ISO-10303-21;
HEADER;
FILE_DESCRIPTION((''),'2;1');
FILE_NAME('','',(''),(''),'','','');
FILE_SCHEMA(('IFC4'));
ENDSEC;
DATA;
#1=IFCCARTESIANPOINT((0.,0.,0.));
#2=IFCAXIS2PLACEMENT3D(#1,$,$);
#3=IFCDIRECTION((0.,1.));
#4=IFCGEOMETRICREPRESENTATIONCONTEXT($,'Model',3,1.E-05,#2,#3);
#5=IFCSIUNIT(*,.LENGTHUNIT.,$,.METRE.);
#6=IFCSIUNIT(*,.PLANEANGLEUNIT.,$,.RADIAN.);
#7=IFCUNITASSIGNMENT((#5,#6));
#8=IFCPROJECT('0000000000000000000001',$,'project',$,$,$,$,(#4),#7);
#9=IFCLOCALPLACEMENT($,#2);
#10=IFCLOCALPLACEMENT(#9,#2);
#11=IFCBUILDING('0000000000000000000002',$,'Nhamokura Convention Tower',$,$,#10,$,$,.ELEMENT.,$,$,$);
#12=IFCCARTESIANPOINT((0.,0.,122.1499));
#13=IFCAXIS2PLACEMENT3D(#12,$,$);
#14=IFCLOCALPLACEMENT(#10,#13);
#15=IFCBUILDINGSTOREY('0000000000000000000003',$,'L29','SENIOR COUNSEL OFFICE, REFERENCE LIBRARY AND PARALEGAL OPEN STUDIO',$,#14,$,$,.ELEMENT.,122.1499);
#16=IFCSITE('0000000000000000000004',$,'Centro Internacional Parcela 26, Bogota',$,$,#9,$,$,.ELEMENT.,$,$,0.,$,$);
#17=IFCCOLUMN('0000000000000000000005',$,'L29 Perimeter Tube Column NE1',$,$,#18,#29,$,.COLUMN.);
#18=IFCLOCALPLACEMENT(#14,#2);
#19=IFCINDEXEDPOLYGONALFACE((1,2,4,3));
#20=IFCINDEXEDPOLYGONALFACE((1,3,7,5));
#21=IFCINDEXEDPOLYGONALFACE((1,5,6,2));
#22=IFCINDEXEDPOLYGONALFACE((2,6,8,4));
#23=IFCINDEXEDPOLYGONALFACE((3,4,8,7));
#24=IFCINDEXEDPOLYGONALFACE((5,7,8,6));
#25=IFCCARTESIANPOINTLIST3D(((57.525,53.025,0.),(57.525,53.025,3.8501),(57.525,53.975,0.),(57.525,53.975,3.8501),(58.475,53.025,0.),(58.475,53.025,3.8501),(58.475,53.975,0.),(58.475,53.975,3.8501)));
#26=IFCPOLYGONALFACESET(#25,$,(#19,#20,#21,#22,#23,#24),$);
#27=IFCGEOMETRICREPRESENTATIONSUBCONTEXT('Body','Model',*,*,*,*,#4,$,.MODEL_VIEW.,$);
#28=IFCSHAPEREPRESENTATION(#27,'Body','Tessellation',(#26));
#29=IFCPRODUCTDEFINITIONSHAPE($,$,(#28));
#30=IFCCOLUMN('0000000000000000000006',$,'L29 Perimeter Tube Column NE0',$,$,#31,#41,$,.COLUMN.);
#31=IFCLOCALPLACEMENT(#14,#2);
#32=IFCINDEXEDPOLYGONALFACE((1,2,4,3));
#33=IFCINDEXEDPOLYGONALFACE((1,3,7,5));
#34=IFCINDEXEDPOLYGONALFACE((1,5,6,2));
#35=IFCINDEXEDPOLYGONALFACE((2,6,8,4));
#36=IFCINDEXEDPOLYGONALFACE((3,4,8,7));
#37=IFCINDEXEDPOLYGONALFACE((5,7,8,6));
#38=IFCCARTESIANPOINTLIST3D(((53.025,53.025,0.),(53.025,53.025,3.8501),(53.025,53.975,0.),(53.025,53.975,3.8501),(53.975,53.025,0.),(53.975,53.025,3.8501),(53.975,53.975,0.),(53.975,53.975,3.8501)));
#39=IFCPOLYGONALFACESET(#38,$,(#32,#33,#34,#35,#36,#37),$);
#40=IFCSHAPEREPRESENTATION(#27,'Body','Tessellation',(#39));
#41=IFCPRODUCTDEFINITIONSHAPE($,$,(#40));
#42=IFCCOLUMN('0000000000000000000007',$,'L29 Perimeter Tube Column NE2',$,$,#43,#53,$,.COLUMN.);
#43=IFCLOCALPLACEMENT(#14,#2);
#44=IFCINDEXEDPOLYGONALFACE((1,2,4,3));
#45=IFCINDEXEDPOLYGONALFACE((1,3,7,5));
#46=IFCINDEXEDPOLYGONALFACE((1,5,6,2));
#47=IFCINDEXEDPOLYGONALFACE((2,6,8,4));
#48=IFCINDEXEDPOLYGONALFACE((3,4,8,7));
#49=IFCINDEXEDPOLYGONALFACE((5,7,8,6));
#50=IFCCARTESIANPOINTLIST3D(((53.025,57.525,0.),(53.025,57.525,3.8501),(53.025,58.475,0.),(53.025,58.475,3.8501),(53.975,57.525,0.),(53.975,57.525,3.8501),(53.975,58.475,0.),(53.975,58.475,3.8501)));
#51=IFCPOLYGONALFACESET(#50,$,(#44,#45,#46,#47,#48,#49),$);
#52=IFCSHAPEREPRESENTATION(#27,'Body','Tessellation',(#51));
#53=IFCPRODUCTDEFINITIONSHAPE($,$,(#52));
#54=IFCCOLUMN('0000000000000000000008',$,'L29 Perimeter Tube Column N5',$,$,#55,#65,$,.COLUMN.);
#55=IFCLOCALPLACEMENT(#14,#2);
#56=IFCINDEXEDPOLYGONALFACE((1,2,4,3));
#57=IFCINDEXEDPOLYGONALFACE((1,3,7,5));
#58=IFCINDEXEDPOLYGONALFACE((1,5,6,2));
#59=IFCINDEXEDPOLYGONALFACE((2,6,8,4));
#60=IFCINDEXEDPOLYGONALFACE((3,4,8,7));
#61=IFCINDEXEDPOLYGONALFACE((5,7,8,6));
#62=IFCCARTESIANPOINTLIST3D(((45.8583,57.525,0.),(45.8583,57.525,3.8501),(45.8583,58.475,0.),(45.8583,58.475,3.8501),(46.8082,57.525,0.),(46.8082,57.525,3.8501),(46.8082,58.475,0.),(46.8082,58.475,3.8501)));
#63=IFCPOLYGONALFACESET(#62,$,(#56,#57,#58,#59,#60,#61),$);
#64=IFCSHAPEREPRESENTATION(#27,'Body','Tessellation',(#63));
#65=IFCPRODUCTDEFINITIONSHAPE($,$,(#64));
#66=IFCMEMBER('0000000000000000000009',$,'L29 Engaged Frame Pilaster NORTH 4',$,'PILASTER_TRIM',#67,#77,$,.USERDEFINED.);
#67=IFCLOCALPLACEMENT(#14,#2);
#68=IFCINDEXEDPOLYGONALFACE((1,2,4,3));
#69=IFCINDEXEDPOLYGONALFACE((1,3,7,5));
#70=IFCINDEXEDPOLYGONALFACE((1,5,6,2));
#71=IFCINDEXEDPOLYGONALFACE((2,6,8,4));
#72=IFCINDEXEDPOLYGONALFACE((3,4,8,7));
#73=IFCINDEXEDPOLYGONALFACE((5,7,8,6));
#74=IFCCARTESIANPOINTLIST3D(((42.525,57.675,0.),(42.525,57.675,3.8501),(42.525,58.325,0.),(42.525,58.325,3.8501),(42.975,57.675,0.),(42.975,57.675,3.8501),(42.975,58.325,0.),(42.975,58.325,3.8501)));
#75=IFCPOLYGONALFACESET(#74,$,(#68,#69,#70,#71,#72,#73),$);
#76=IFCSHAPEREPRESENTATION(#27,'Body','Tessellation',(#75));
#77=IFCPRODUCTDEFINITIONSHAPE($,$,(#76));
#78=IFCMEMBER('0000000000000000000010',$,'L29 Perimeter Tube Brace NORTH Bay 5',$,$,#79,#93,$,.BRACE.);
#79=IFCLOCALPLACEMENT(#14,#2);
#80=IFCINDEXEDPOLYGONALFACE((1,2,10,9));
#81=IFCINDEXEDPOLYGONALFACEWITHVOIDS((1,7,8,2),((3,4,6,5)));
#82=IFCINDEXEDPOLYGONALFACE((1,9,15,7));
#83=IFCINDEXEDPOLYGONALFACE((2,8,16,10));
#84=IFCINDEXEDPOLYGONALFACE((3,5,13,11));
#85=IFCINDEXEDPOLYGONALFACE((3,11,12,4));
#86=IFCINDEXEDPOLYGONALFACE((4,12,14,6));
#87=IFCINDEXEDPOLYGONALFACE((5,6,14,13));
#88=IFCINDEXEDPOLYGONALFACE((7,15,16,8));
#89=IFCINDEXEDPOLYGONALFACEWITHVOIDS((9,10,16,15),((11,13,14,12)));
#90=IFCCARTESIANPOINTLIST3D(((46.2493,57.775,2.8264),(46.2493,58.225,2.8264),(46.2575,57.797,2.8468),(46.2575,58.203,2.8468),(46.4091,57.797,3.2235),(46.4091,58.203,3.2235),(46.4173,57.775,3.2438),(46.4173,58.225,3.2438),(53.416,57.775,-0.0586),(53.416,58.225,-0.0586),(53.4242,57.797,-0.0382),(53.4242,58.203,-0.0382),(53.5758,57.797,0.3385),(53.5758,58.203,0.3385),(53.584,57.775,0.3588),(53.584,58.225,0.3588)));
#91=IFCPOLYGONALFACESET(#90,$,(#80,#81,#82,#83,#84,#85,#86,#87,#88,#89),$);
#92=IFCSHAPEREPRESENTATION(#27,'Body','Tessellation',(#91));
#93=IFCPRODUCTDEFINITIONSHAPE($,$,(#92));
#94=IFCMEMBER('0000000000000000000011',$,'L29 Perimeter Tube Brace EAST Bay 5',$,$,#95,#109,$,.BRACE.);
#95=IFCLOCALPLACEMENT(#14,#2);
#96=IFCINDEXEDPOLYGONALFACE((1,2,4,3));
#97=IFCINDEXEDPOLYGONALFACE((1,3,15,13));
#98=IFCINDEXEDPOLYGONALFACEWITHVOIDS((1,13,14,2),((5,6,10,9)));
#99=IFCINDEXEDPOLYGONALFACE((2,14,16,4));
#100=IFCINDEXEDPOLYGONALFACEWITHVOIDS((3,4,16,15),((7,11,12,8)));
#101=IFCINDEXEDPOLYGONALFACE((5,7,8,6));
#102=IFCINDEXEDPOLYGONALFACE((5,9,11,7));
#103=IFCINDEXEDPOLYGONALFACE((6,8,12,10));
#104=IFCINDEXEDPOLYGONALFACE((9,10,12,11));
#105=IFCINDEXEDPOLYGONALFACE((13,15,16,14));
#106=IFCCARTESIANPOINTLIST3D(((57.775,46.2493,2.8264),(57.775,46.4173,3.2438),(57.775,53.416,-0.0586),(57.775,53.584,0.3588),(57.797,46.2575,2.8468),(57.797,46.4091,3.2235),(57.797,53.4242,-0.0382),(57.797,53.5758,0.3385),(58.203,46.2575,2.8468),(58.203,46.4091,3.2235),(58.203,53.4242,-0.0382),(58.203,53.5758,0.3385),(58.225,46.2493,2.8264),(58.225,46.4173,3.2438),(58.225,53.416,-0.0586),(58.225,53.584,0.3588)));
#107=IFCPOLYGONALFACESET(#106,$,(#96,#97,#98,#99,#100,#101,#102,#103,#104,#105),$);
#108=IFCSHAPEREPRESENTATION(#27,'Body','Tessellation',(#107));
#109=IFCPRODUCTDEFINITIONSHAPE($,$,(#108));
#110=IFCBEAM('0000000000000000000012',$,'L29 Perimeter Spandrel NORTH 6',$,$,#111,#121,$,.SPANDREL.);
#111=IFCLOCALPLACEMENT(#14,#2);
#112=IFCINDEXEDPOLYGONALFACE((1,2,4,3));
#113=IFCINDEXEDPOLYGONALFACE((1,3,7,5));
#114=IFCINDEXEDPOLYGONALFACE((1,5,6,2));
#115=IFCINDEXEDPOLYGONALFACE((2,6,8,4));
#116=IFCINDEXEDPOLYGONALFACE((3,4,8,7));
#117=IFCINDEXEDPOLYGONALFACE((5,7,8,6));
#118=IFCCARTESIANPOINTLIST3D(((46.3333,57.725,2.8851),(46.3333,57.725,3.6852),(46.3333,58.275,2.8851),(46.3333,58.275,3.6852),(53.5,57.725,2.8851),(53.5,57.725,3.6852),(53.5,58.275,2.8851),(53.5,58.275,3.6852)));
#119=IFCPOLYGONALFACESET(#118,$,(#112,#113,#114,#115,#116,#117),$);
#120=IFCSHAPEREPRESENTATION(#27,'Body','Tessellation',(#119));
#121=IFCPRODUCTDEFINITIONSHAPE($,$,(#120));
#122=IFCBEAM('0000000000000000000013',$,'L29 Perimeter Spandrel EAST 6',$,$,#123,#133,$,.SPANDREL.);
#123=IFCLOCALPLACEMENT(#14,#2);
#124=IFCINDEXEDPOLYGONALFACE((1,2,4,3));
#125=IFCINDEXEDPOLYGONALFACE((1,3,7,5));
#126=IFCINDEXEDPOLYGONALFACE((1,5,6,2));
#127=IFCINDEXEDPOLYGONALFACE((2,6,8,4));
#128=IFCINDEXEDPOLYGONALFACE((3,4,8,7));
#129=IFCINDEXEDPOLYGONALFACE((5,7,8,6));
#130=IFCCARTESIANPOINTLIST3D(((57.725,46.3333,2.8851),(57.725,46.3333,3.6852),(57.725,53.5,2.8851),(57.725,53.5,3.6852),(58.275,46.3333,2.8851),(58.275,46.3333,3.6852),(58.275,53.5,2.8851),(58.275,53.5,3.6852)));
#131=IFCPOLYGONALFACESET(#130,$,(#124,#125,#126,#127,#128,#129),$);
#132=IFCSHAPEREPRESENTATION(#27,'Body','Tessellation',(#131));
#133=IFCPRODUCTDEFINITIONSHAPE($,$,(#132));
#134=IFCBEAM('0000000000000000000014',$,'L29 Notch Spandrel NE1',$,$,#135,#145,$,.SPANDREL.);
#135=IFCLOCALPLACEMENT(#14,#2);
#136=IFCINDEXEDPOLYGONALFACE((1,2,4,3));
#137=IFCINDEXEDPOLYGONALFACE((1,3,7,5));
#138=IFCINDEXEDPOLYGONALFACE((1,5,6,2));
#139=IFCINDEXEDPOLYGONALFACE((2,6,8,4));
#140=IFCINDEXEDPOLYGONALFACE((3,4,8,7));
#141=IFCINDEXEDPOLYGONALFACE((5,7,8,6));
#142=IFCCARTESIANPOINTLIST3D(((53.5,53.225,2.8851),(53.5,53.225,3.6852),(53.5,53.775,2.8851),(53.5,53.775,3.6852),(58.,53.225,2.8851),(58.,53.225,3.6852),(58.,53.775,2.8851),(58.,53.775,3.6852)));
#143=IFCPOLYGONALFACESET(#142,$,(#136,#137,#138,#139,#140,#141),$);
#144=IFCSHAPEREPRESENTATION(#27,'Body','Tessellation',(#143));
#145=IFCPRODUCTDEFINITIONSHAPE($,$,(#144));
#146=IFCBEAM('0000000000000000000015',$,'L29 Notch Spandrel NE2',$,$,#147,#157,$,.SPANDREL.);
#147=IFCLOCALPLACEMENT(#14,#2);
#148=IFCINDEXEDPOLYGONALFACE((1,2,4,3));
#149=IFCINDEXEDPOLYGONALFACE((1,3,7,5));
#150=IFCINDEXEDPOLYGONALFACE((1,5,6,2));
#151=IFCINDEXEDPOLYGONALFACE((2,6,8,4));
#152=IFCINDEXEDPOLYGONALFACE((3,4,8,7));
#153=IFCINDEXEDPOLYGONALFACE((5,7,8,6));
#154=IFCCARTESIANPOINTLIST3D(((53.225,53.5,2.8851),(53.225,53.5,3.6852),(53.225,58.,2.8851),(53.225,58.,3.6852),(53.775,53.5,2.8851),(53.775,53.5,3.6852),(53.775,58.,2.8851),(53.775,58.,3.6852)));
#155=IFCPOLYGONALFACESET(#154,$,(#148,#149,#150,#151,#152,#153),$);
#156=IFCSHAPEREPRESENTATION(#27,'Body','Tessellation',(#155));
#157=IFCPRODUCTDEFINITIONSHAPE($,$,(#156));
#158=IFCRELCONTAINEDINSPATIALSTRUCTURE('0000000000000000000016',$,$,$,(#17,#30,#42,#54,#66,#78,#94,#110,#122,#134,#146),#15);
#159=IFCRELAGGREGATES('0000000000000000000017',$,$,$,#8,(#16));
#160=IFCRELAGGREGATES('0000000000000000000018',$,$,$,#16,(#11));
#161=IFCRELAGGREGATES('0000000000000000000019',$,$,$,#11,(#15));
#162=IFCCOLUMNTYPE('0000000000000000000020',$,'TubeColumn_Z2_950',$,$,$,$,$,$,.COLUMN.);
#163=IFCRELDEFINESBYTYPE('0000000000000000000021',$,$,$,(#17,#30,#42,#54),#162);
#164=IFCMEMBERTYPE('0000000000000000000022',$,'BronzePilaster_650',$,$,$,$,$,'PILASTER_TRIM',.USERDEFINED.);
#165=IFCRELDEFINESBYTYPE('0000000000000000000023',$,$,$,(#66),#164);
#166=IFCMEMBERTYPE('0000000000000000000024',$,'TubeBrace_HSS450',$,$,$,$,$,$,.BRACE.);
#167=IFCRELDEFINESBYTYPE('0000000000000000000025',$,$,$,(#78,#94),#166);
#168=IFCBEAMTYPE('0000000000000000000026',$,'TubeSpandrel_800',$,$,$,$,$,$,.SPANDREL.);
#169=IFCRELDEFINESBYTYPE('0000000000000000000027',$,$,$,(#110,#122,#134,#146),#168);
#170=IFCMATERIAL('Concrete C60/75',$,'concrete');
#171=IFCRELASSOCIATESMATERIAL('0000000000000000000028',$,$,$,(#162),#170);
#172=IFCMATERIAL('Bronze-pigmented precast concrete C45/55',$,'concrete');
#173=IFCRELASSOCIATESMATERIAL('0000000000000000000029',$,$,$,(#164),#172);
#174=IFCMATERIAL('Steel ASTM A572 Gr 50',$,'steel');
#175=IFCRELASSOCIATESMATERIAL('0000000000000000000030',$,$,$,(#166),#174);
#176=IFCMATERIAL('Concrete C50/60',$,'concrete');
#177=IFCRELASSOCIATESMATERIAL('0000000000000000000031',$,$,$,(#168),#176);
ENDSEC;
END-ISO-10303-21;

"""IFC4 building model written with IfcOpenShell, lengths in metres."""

from ifc_helpers import new_model, si_unit, direction, frame, origin, origin_2d, place, context, subcontext, project, spatial, rectangle, hollow_rectangle, extrude, material, material_profile, profile_set, type_object, element, save


model = new_model("IFC4")

# Units and contexts
model_context = context("Model", 3, precision=1e-05, world=origin(), true_north=direction((0.0, 1.0)))
body_context = subcontext(model_context, "Body", "Model", "MODEL_VIEW")
ifc_project = project(units=[si_unit("LENGTHUNIT", "METRE"), si_unit("PLANEANGLEUNIT", "RADIAN")], contexts=[model_context])

# Site, building, storey
site_placement = place(None, origin())
site = spatial("IfcSite", under=ifc_project, at=site_placement, Name="Centro Internacional Parcela 26, Bogota", CompositionType="ELEMENT", RefElevation=0.0)
building_placement = place(site_placement, origin())
building = spatial("IfcBuilding", under=site, at=building_placement, Name="Nhamokura Convention Tower", CompositionType="ELEMENT")
storey_placement = place(building_placement, frame((0.0, 0.0, 122.1499)))
storey = spatial("IfcBuildingStorey", under=building, at=storey_placement, Name="L29", Description="SENIOR COUNSEL OFFICE, REFERENCE LIBRARY AND PARALEGAL OPEN STUDIO", CompositionType="ELEMENT", Elevation=122.1499)

# Columns
ifc_material_1 = material(Name="Concrete C60/75", Category="concrete")
ifc_material_profile_1 = material_profile(ifc_material_1, rectangle(XDim=0.95, YDim=0.95, at=origin_2d()))
ifc_profile_set_1 = profile_set([ifc_material_profile_1], Name="Concrete C60/75")
column_type = type_object("IfcColumnType", Name="TubeColumn_Z2_950", PredefinedType="COLUMN", material=ifc_profile_set_1)
for number, where, z_axis, x_axis, name in (
    (1, (58.0, 53.5, 0.0), (0.0, 0.0, 1.0), (1.0, 0.0, 0.0), "L29 Perimeter Tube Column NE1"),
    (2, (53.5, 53.5, 0.0), (0.0, 0.0, 1.0), (1.0, 0.0, 0.0), "L29 Perimeter Tube Column NE0"),
    (3, (53.5, 58.0, 0.0), (0.0, 0.0, 1.0), (1.0, 0.0, 0.0), "L29 Perimeter Tube Column NE2"),
    (4, (46.3333, 58.0, 0.0), (0.0, 0.0, 1.0), (1.0, 0.0, 0.0), "L29 Perimeter Tube Column N5"),
):
    element("IfcColumn", number, at=place(storey_placement, frame(where, z_axis=z_axis, x_axis=x_axis)), inside=storey, type_object=column_type, Name=name, PredefinedType="COLUMN", context=body_context, shape_type="SweptSolid", body=[
        extrude(rectangle(XDim=0.95, YDim=0.95, at=origin_2d()), origin(), (0.0, 0.0, 1.0), 3.8501),
    ])

# Members
ifc_material_2 = material(Name="Bronze-pigmented precast concrete C45/55", Category="concrete")
ifc_material_profile_2 = material_profile(ifc_material_2, rectangle(XDim=0.45, YDim=0.6499, at=origin_2d()))
ifc_profile_set_2 = profile_set([ifc_material_profile_2], Name="Bronze-pigmented precast concrete C45/55")
member_type_1 = type_object("IfcMemberType", Name="BronzePilaster_650", ElementType="PILASTER_TRIM", PredefinedType="USERDEFINED", material=ifc_profile_set_2)
member_placement = place(storey_placement, frame((42.75, 58.0, 0.0), z_axis=(0.0, 0.0, 1.0), x_axis=(1.0, 0.0, 0.0)))
element("IfcMember", 5, at=member_placement, inside=storey, type_object=member_type_1, Name="L29 Engaged Frame Pilaster NORTH 4", ObjectType="PILASTER_TRIM", PredefinedType="USERDEFINED", context=body_context, shape_type="SweptSolid", body=[
    extrude(rectangle(XDim=0.45, YDim=0.6499, at=origin_2d()), origin(), (0.0, 0.0, 1.0), 3.8501),
])
ifc_material_3 = material(Name="Steel ASTM A572 Gr 50", Category="steel")
ifc_material_profile_3 = material_profile(ifc_material_3, hollow_rectangle(XDim=0.45, YDim=0.45, WallThickness=0.022, at=origin_2d()))
ifc_profile_set_3 = profile_set([ifc_material_profile_3], Name="Steel ASTM A572 Gr 50")
member_type_2 = type_object("IfcMemberType", Name="TubeBrace_HSS450", PredefinedType="BRACE", material=ifc_profile_set_3)
for number, where, z_axis, x_axis, name in (
    (6, (53.5, 58.0, 0.1501), (-0.927657, 0.0, 0.373433), (0.0, -1.0, 0.0), "L29 Perimeter Tube Brace NORTH Bay 5"),
    (7, (58.0, 53.5, 0.1501), (0.0, -0.927657, 0.373433), (1.0, 0.0, 0.0), "L29 Perimeter Tube Brace EAST Bay 5"),
):
    element("IfcMember", number, at=place(storey_placement, frame(where, z_axis=z_axis, x_axis=x_axis)), inside=storey, type_object=member_type_2, Name=name, PredefinedType="BRACE", context=body_context, shape_type="SweptSolid", body=[
        extrude(hollow_rectangle(XDim=0.45, YDim=0.45, WallThickness=0.022, at=origin_2d()), origin(), (0.0, 0.0, 1.0), 7.7256),
    ])

# Beams
ifc_material_4 = material(Name="Concrete C50/60", Category="concrete")
ifc_material_profile_4 = material_profile(ifc_material_4, rectangle(XDim=0.55, YDim=0.8, at=origin_2d()))
ifc_profile_set_4 = profile_set([ifc_material_profile_4], Name="Concrete C50/60")
beam_type = type_object("IfcBeamType", Name="TubeSpandrel_800", PredefinedType="SPANDREL", material=ifc_profile_set_4)
for number, where, z_axis, x_axis, name in (
    (8, (46.3333, 58.0, 3.2852), (1.0, 0.0, 0.0), (0.0, 1.0, 0.0), "L29 Perimeter Spandrel NORTH 6"),
    (9, (58.0, 46.3333, 3.2852), (0.0, 1.0, 0.0), (-1.0, 0.0, 0.0), "L29 Perimeter Spandrel EAST 6"),
):
    element("IfcBeam", number, at=place(storey_placement, frame(where, z_axis=z_axis, x_axis=x_axis)), inside=storey, type_object=beam_type, Name=name, PredefinedType="SPANDREL", context=body_context, shape_type="SweptSolid", body=[
        extrude(rectangle(XDim=0.55, YDim=0.8, at=origin_2d()), origin(), (0.0, 0.0, 1.0), 7.1667),
    ])
for number, where, z_axis, x_axis, name in (
    (10, (58.0, 53.5, 3.2852), (-1.0, 0.0, 0.0), (0.0, -1.0, 0.0), "L29 Notch Spandrel NE1"),
    (11, (53.5, 53.5, 3.2852), (0.0, 1.0, 0.0), (-1.0, 0.0, 0.0), "L29 Notch Spandrel NE2"),
):
    element("IfcBeam", number, at=place(storey_placement, frame(where, z_axis=z_axis, x_axis=x_axis)), inside=storey, type_object=beam_type, Name=name, PredefinedType="SPANDREL", context=body_context, shape_type="SweptSolid", body=[
        extrude(rectangle(XDim=0.55, YDim=0.8, at=origin_2d()), origin(), (0.0, 0.0, 1.0), 4.5),
    ])

save(model, "model.ifc")
